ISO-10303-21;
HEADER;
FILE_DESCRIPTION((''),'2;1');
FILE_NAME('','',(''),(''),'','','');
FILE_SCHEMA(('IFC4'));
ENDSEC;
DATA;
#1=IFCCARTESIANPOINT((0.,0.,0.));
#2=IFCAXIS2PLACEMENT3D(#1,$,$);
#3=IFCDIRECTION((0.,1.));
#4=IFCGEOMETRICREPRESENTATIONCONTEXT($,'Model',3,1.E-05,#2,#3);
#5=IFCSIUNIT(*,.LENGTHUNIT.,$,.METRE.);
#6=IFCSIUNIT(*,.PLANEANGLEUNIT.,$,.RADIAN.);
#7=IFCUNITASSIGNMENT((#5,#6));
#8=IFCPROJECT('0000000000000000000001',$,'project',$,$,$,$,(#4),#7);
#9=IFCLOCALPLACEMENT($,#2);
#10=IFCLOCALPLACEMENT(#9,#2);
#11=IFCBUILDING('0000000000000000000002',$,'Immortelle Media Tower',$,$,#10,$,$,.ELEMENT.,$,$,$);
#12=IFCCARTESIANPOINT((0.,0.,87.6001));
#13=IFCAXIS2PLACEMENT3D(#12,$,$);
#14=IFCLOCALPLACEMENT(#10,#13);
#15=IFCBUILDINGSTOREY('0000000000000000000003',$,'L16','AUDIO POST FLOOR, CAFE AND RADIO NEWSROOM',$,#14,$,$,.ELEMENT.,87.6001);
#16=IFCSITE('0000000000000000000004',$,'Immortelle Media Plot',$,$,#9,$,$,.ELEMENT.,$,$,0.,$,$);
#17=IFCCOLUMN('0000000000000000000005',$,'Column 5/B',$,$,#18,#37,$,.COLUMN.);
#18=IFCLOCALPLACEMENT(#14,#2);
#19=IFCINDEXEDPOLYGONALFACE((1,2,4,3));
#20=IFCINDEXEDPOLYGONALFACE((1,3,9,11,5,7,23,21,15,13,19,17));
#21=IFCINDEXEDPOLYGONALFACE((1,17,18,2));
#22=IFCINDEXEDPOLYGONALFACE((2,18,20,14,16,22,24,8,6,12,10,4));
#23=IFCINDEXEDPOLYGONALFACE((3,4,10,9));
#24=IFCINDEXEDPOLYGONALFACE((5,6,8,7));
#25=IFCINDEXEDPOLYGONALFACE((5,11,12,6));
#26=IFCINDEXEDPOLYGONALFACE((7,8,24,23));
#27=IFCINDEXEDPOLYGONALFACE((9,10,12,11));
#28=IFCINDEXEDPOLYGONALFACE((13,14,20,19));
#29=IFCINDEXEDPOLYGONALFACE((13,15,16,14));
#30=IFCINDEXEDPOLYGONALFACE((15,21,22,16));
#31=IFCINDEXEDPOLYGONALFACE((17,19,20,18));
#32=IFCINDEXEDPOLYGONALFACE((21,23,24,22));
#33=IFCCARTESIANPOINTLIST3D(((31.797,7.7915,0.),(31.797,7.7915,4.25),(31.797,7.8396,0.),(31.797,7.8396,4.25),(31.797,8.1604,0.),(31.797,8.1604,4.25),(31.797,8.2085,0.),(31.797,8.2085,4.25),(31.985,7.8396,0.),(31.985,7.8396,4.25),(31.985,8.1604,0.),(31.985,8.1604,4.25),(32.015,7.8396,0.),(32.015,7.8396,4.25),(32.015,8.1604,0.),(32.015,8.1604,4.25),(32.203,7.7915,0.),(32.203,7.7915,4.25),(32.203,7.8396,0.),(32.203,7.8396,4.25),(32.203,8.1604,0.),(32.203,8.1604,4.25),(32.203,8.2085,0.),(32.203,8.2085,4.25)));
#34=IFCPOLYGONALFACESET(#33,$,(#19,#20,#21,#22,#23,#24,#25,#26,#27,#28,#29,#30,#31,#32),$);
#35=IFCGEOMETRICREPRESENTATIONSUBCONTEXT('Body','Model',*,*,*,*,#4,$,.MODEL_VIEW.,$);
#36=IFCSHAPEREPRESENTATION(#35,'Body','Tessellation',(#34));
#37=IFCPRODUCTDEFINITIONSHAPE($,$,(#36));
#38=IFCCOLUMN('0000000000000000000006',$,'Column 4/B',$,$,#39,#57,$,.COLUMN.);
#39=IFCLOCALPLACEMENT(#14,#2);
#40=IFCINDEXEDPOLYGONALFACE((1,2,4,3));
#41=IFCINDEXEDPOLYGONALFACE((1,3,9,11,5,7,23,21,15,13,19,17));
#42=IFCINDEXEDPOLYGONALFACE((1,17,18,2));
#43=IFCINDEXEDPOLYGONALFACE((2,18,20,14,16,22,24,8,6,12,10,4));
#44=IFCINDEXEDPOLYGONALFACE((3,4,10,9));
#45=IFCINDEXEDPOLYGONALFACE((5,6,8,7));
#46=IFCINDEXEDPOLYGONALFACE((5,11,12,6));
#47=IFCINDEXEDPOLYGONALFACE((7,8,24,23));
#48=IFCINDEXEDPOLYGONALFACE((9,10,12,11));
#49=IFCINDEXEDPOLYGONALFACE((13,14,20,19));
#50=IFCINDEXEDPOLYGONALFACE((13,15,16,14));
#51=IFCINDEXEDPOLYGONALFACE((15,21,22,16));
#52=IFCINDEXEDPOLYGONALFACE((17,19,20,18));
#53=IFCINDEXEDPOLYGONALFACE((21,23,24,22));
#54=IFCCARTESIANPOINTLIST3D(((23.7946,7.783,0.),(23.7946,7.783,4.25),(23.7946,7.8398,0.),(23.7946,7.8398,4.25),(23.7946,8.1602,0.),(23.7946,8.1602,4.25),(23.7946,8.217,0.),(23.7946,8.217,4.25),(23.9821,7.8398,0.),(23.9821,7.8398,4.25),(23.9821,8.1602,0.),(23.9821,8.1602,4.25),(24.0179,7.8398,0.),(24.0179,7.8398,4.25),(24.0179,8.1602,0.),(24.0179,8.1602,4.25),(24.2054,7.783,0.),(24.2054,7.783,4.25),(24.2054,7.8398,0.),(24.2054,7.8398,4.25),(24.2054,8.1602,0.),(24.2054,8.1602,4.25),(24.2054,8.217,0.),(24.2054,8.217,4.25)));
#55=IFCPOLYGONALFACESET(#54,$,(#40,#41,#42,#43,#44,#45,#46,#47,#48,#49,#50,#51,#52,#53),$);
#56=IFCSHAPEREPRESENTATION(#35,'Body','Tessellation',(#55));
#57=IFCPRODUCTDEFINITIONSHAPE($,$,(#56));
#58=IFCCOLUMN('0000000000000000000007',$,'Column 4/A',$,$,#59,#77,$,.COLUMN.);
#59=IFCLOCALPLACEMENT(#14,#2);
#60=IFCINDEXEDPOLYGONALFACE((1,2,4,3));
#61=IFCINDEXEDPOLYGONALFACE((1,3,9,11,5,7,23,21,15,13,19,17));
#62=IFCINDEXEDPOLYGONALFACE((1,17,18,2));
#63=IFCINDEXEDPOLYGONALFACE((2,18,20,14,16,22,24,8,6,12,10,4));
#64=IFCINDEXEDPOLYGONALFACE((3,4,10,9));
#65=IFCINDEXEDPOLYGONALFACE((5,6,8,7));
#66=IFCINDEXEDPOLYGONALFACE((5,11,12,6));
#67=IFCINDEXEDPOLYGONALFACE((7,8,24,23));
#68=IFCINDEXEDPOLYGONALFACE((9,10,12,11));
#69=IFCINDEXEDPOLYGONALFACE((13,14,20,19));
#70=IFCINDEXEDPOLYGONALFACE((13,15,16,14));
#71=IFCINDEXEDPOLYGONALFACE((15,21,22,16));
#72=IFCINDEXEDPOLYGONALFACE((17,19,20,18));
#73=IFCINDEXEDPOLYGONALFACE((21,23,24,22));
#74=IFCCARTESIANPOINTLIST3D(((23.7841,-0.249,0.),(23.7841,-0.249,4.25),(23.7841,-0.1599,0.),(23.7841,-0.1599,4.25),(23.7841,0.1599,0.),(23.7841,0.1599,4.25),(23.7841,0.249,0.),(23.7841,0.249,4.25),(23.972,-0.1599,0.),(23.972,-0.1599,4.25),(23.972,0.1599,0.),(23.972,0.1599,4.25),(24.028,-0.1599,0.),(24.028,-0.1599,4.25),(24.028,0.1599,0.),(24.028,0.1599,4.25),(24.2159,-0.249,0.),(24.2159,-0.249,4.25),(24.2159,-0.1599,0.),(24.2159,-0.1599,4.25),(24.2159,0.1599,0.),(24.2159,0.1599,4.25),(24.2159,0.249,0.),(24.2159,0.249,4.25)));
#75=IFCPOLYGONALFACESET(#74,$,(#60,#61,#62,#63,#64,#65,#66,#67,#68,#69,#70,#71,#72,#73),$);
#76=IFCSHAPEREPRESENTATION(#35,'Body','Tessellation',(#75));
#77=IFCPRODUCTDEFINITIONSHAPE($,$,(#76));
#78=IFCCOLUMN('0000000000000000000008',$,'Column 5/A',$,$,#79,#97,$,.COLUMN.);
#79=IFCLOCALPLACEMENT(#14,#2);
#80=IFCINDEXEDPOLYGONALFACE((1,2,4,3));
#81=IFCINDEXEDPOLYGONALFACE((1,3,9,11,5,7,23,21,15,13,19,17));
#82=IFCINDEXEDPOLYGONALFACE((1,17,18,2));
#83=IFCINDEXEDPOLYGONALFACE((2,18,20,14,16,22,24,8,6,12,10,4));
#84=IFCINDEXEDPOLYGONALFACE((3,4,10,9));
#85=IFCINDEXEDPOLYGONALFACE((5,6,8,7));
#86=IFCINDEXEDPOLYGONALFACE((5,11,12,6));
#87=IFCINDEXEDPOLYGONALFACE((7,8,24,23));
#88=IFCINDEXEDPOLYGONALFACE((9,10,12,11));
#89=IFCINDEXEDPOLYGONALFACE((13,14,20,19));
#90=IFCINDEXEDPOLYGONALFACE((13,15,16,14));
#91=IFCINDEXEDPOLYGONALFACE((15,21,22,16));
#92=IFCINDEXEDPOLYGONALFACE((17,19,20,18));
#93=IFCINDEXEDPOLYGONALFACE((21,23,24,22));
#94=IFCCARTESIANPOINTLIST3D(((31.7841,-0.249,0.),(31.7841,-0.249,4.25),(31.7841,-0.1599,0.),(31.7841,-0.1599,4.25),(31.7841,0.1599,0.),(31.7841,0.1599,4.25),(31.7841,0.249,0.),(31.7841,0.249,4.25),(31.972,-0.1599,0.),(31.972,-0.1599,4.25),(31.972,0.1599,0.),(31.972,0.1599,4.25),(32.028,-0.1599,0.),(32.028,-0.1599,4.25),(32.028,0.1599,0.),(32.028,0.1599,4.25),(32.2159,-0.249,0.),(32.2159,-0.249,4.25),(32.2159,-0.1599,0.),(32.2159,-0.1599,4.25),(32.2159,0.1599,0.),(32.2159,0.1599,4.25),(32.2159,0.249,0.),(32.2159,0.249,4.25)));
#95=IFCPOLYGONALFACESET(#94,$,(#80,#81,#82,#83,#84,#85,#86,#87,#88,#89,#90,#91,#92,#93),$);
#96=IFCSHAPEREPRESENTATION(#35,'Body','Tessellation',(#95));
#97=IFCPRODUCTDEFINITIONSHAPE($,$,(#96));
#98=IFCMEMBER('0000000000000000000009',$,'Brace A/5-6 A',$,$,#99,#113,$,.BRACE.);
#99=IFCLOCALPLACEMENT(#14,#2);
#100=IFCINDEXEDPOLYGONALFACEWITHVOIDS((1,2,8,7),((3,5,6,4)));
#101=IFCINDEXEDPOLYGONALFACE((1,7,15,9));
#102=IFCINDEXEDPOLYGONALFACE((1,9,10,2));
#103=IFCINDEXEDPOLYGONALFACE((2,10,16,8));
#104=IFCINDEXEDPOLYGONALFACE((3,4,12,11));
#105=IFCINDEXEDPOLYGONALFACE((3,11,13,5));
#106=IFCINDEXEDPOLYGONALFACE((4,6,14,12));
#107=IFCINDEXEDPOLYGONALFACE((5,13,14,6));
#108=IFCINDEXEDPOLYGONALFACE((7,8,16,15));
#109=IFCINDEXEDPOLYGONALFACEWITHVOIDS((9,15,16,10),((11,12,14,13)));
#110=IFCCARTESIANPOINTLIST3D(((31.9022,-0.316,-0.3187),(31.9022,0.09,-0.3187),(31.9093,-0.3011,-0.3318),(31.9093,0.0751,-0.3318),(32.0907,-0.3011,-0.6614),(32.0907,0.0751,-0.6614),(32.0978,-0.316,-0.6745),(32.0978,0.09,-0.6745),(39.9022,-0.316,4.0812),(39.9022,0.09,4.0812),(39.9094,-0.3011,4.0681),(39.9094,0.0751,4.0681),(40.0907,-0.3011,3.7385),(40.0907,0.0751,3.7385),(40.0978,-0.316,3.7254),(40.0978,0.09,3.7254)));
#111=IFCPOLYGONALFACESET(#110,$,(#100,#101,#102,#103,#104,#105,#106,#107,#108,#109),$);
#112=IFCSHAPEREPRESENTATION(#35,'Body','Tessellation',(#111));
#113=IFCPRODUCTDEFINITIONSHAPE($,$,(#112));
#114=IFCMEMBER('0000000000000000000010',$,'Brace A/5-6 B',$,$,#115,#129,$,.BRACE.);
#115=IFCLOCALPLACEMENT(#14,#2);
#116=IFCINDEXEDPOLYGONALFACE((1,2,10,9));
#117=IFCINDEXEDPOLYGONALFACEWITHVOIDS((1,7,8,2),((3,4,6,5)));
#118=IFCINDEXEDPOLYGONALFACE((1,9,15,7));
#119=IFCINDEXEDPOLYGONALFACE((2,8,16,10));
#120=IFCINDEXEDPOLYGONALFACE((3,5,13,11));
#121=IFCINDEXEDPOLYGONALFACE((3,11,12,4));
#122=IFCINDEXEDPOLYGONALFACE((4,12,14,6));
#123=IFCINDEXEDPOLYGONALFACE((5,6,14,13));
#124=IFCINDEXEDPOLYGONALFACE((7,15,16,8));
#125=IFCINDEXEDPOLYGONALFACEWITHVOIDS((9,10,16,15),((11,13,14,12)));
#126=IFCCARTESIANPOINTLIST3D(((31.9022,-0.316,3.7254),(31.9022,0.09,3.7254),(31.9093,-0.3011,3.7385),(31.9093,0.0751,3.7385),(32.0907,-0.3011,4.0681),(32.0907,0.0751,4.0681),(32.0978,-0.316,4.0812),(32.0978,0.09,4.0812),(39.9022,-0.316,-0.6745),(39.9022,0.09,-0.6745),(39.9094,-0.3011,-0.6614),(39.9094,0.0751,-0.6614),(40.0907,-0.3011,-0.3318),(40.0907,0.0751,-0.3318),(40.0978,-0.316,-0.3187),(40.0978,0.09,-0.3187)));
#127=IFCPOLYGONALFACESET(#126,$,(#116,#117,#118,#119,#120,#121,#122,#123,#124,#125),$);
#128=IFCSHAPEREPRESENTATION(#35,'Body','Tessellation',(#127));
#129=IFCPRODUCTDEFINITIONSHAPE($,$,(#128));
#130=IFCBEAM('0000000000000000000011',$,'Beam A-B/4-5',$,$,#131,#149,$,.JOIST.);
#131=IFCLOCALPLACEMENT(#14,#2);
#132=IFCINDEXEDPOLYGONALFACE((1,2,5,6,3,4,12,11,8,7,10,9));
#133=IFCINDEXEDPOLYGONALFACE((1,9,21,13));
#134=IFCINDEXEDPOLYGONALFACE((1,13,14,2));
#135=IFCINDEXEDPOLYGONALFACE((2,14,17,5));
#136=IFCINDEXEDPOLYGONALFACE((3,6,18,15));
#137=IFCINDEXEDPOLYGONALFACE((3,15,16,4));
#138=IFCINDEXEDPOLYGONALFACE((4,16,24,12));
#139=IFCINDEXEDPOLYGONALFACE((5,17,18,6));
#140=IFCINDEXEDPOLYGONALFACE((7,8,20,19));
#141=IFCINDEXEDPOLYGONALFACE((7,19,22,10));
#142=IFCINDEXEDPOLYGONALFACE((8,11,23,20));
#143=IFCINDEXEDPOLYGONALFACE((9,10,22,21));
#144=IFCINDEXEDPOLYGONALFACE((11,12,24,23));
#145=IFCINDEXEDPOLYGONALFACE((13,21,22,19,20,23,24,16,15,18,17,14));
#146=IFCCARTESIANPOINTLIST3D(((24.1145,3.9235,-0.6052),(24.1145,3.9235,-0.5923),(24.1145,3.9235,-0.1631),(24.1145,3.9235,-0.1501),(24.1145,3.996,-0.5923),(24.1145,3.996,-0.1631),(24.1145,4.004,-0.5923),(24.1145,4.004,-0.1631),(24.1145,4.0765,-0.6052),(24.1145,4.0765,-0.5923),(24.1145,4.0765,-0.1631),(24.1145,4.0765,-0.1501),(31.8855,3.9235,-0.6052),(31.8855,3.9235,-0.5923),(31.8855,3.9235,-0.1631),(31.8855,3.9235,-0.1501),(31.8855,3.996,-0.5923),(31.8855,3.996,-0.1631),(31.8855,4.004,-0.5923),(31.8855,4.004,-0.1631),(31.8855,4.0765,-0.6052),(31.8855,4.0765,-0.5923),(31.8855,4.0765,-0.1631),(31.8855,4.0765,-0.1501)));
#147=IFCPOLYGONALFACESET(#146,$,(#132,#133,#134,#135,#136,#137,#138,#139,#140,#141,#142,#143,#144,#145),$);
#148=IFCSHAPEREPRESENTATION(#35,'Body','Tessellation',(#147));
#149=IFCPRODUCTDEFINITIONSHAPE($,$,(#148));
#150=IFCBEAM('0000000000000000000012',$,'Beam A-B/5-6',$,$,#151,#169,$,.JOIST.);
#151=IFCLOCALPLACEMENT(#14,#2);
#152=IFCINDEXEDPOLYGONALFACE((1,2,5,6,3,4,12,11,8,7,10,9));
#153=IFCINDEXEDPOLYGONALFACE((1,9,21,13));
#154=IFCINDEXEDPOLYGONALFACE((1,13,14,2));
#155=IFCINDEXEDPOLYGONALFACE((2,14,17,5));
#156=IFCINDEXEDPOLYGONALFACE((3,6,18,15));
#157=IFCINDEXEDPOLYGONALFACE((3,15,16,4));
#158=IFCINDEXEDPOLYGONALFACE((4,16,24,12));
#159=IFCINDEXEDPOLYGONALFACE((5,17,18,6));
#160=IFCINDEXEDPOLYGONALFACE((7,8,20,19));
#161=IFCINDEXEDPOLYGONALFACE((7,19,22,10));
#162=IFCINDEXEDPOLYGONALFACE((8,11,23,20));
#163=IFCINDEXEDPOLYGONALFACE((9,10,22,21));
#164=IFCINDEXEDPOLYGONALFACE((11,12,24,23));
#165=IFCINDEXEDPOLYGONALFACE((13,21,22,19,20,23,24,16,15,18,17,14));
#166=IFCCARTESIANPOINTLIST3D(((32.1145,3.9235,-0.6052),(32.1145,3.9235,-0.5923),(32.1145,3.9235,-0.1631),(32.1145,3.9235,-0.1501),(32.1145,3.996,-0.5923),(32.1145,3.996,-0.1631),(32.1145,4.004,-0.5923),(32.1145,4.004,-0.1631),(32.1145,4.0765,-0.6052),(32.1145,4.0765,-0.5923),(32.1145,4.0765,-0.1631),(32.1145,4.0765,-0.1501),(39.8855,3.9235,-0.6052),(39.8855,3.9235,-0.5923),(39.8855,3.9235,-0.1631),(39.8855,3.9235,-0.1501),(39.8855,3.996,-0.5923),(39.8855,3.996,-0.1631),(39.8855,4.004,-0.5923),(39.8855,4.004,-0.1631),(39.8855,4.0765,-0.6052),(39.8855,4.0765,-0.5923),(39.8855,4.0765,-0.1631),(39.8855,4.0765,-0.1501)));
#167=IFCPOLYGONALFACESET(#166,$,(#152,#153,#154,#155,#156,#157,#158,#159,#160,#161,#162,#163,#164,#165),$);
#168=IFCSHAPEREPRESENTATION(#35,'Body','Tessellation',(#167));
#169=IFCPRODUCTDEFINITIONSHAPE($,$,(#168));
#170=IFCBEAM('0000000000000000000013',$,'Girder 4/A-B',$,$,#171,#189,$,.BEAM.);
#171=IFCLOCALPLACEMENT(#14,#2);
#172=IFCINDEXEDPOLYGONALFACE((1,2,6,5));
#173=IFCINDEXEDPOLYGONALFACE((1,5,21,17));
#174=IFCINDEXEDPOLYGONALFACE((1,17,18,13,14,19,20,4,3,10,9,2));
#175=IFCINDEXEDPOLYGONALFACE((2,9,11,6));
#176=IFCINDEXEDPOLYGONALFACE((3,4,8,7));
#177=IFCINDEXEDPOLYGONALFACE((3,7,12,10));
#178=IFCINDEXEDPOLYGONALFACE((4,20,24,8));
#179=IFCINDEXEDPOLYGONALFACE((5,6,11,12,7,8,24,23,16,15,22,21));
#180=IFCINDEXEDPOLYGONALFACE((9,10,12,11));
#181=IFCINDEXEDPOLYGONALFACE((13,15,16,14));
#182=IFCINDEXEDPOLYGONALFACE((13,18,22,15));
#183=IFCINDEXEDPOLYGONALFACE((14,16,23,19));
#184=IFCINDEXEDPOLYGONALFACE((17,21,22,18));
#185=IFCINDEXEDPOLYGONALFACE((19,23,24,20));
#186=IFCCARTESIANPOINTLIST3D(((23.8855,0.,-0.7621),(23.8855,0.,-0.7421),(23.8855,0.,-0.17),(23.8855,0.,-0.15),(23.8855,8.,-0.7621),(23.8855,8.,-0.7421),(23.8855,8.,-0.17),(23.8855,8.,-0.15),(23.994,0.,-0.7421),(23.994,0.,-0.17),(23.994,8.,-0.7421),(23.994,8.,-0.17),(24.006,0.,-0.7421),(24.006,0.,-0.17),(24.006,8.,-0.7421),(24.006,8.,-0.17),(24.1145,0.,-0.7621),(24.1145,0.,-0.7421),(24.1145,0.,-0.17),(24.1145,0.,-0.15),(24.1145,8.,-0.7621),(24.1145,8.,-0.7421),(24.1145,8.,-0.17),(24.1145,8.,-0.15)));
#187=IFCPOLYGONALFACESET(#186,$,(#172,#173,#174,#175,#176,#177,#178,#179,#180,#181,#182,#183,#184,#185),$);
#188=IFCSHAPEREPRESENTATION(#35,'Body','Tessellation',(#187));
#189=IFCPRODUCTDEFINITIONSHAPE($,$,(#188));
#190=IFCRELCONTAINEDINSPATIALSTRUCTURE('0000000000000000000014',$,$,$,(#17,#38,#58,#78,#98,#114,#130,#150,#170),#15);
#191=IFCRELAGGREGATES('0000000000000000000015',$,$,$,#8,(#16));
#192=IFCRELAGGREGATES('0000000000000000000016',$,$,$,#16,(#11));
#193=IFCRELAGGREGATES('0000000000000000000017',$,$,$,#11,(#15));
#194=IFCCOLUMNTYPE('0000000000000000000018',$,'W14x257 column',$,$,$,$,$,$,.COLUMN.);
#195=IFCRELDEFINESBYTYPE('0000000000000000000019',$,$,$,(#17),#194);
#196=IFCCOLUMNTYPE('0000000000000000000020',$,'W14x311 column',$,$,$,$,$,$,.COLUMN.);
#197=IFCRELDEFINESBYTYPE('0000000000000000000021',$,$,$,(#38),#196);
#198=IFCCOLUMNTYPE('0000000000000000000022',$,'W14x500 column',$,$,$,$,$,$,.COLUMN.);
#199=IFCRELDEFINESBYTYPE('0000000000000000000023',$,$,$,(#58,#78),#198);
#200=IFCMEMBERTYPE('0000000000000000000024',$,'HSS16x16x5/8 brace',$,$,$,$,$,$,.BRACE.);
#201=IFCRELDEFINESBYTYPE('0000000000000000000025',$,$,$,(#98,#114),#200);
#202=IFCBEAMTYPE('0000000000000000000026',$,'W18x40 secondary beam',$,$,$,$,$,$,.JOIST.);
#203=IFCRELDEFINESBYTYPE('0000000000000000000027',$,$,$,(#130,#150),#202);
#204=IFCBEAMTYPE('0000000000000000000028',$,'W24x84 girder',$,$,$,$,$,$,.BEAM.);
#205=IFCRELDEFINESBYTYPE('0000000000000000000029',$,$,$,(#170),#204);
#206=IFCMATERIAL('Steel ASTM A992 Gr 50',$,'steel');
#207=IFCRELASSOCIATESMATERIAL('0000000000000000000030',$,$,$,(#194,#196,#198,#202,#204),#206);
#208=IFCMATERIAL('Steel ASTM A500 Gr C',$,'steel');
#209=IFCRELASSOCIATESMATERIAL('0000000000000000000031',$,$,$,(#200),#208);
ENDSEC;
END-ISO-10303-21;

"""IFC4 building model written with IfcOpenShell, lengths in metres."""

from ifc_helpers import new_model, si_unit, direction, frame, origin, origin_2d, place, context, subcontext, project, spatial, hollow_rectangle, i_section, extrude, material, material_profile, profile_set, type_object, element, save


model = new_model("IFC4")

# Units and contexts
model_context = context("Model", 3, precision=1e-05, world=origin(), true_north=direction((0.0, 1.0)))
body_context = subcontext(model_context, "Body", "Model", "MODEL_VIEW")
ifc_project = project(units=[si_unit("LENGTHUNIT", "METRE"), si_unit("PLANEANGLEUNIT", "RADIAN")], contexts=[model_context])

# Site, building, storey
site_placement = place(None, origin())
site = spatial("IfcSite", under=ifc_project, at=site_placement, Name="Immortelle Media Plot", CompositionType="ELEMENT", RefElevation=0.0)
building_placement = place(site_placement, origin())
building = spatial("IfcBuilding", under=site, at=building_placement, Name="Immortelle Media Tower", CompositionType="ELEMENT")
storey_placement = place(building_placement, frame((0.0, 0.0, 87.6001)))
storey = spatial("IfcBuildingStorey", under=building, at=storey_placement, Name="L16", Description="AUDIO POST FLOOR, CAFE AND RADIO NEWSROOM", CompositionType="ELEMENT", Elevation=87.6001)

# Columns
ifc_material_1 = material(Name="Steel ASTM A992 Gr 50", Category="steel")
ifc_material_profile_1 = material_profile(ifc_material_1, i_section(OverallWidth=0.406, OverallDepth=0.417, WebThickness=0.03, FlangeThickness=0.0481, at=origin_2d()), Name="W14x257")
ifc_profile_set_1 = profile_set([ifc_material_profile_1], Name="Steel ASTM A992 Gr 50")
column_type_1 = type_object("IfcColumnType", Name="W14x257 column", PredefinedType="COLUMN", material=ifc_profile_set_1)
column_1_placement = place(storey_placement, frame((32.0, 8.0, 0.0), z_axis=(0.0, 0.0, 1.0), x_axis=(1.0, 0.0, 0.0)))
element("IfcColumn", 1, at=column_1_placement, inside=storey, type_object=column_type_1, Name="Column 5/B", PredefinedType="COLUMN", context=body_context, shape_type="SweptSolid", body=[
    extrude(i_section(OverallWidth=0.406, OverallDepth=0.417, WebThickness=0.03, FlangeThickness=0.0481, at=origin_2d()), origin(), (0.0, 0.0, 1.0), 4.25),
])
ifc_material_profile_2 = material_profile(ifc_material_1, i_section(OverallWidth=0.4109, OverallDepth=0.4341, WebThickness=0.0359, FlangeThickness=0.0569, at=origin_2d()), Name="W14x311")
ifc_profile_set_2 = profile_set([ifc_material_profile_2], Name="Steel ASTM A992 Gr 50")
column_type_2 = type_object("IfcColumnType", Name="W14x311 column", PredefinedType="COLUMN", material=ifc_profile_set_2)
column_2_placement = place(storey_placement, frame((24.0, 8.0, 0.0), z_axis=(0.0, 0.0, 1.0), x_axis=(1.0, 0.0, 0.0)))
element("IfcColumn", 2, at=column_2_placement, inside=storey, type_object=column_type_2, Name="Column 4/B", PredefinedType="COLUMN", context=body_context, shape_type="SweptSolid", body=[
    extrude(i_section(OverallWidth=0.4109, OverallDepth=0.4341, WebThickness=0.0359, FlangeThickness=0.0569, at=origin_2d()), origin(), (0.0, 0.0, 1.0), 4.25),
])
ifc_material_profile_3 = material_profile(ifc_material_1, i_section(OverallWidth=0.4319, OverallDepth=0.498, WebThickness=0.0559, FlangeThickness=0.0891, at=origin_2d()), Name="W14x500")
ifc_profile_set_3 = profile_set([ifc_material_profile_3], Name="Steel ASTM A992 Gr 50")
column_type_3 = type_object("IfcColumnType", Name="W14x500 column", PredefinedType="COLUMN", material=ifc_profile_set_3)
for number, where, z_axis, x_axis, name in (
    (3, (24.0, 0.0, 0.0), (0.0, 0.0, 1.0), (1.0, 0.0, 0.0), "Column 4/A"),
    (4, (32.0, 0.0, 0.0), (0.0, 0.0, 1.0), (1.0, 0.0, 0.0), "Column 5/A"),
):
    element("IfcColumn", number, at=place(storey_placement, frame(where, z_axis=z_axis, x_axis=x_axis)), inside=storey, type_object=column_type_3, Name=name, PredefinedType="COLUMN", context=body_context, shape_type="SweptSolid", body=[
        extrude(i_section(OverallWidth=0.4319, OverallDepth=0.498, WebThickness=0.0559, FlangeThickness=0.0891, at=origin_2d()), origin(), (0.0, 0.0, 1.0), 4.25),
    ])

# Members
ifc_material_2 = material(Name="Steel ASTM A500 Gr C", Category="steel")
ifc_material_profile_4 = material_profile(ifc_material_2, hollow_rectangle(XDim=0.406, YDim=0.406, WallThickness=0.0149, at=origin_2d()), Name="HSS16x16x5/8 brace")
ifc_profile_set_4 = profile_set([ifc_material_profile_4], Name="Steel ASTM A500 Gr C")
member_type = type_object("IfcMemberType", Name="HSS16x16x5/8 brace", PredefinedType="BRACE", material=ifc_profile_set_4)
for number, where, z_axis, x_axis, name in (
    (5, (32.0, -0.113, -0.4966), (0.87622, 0.0, 0.481911), (0.0, 1.0, 0.0), "Brace A/5-6 A"),
    (6, (32.0, -0.113, 3.9033), (0.87622, 0.0, -0.481911), (0.0, 1.0, 0.0), "Brace A/5-6 B"),
):
    element("IfcMember", number, at=place(storey_placement, frame(where, z_axis=z_axis, x_axis=x_axis)), inside=storey, type_object=member_type, Name=name, PredefinedType="BRACE", context=body_context, shape_type="SweptSolid", body=[
        extrude(hollow_rectangle(XDim=0.406, YDim=0.406, WallThickness=0.0149, at=origin_2d()), origin(), (0.0, 0.0, 1.0), 9.1301),
    ])

# Beams
ifc_material_profile_5 = material_profile(ifc_material_1, i_section(OverallWidth=0.1531, OverallDepth=0.4551, WebThickness=0.0081, FlangeThickness=0.0129, at=origin_2d()), Name="W18x40")
ifc_profile_set_5 = profile_set([ifc_material_profile_5], Name="Steel ASTM A992 Gr 50")
beam_type_1 = type_object("IfcBeamType", Name="W18x40 secondary beam", PredefinedType="JOIST", material=ifc_profile_set_5)
for number, where, z_axis, x_axis, name in (
    (7, (24.1145, 4.0, -0.3777), (1.0, 0.0, 0.0), (0.0, 1.0, 0.0), "Beam A-B/4-5"),
    (8, (32.1145, 4.0, -0.3777), (1.0, 0.0, 0.0), (0.0, 1.0, 0.0), "Beam A-B/5-6"),
):
    element("IfcBeam", number, at=place(storey_placement, frame(where, z_axis=z_axis, x_axis=x_axis)), inside=storey, type_object=beam_type_1, Name=name, PredefinedType="JOIST", context=body_context, shape_type="SweptSolid", body=[
        extrude(i_section(OverallWidth=0.1531, OverallDepth=0.4551, WebThickness=0.0081, FlangeThickness=0.0129, at=origin_2d()), origin(), (0.0, 0.0, 1.0), 7.771),
    ])
ifc_material_profile_6 = material_profile(ifc_material_1, i_section(OverallWidth=0.229, OverallDepth=0.6121, WebThickness=0.012, FlangeThickness=0.02, at=origin_2d()), Name="W24x84")
ifc_profile_set_6 = profile_set([ifc_material_profile_6], Name="Steel ASTM A992 Gr 50")
beam_type_2 = type_object("IfcBeamType", Name="W24x84 girder", PredefinedType="BEAM", material=ifc_profile_set_6)
for number, where, z_axis, x_axis, name in (
    (9, (24.0, 0.0, -0.4561), (0.0, 1.0, 0.0), (-1.0, 0.0, 0.0), "Girder 4/A-B"),
):
    element("IfcBeam", number, at=place(storey_placement, frame(where, z_axis=z_axis, x_axis=x_axis)), inside=storey, type_object=beam_type_2, Name=name, PredefinedType="BEAM", context=body_context, shape_type="SweptSolid", body=[
        extrude(i_section(OverallWidth=0.229, OverallDepth=0.6121, WebThickness=0.012, FlangeThickness=0.02, at=origin_2d()), origin(), (0.0, 0.0, 1.0), 8.0),
    ])

save(model, "model.ifc")
